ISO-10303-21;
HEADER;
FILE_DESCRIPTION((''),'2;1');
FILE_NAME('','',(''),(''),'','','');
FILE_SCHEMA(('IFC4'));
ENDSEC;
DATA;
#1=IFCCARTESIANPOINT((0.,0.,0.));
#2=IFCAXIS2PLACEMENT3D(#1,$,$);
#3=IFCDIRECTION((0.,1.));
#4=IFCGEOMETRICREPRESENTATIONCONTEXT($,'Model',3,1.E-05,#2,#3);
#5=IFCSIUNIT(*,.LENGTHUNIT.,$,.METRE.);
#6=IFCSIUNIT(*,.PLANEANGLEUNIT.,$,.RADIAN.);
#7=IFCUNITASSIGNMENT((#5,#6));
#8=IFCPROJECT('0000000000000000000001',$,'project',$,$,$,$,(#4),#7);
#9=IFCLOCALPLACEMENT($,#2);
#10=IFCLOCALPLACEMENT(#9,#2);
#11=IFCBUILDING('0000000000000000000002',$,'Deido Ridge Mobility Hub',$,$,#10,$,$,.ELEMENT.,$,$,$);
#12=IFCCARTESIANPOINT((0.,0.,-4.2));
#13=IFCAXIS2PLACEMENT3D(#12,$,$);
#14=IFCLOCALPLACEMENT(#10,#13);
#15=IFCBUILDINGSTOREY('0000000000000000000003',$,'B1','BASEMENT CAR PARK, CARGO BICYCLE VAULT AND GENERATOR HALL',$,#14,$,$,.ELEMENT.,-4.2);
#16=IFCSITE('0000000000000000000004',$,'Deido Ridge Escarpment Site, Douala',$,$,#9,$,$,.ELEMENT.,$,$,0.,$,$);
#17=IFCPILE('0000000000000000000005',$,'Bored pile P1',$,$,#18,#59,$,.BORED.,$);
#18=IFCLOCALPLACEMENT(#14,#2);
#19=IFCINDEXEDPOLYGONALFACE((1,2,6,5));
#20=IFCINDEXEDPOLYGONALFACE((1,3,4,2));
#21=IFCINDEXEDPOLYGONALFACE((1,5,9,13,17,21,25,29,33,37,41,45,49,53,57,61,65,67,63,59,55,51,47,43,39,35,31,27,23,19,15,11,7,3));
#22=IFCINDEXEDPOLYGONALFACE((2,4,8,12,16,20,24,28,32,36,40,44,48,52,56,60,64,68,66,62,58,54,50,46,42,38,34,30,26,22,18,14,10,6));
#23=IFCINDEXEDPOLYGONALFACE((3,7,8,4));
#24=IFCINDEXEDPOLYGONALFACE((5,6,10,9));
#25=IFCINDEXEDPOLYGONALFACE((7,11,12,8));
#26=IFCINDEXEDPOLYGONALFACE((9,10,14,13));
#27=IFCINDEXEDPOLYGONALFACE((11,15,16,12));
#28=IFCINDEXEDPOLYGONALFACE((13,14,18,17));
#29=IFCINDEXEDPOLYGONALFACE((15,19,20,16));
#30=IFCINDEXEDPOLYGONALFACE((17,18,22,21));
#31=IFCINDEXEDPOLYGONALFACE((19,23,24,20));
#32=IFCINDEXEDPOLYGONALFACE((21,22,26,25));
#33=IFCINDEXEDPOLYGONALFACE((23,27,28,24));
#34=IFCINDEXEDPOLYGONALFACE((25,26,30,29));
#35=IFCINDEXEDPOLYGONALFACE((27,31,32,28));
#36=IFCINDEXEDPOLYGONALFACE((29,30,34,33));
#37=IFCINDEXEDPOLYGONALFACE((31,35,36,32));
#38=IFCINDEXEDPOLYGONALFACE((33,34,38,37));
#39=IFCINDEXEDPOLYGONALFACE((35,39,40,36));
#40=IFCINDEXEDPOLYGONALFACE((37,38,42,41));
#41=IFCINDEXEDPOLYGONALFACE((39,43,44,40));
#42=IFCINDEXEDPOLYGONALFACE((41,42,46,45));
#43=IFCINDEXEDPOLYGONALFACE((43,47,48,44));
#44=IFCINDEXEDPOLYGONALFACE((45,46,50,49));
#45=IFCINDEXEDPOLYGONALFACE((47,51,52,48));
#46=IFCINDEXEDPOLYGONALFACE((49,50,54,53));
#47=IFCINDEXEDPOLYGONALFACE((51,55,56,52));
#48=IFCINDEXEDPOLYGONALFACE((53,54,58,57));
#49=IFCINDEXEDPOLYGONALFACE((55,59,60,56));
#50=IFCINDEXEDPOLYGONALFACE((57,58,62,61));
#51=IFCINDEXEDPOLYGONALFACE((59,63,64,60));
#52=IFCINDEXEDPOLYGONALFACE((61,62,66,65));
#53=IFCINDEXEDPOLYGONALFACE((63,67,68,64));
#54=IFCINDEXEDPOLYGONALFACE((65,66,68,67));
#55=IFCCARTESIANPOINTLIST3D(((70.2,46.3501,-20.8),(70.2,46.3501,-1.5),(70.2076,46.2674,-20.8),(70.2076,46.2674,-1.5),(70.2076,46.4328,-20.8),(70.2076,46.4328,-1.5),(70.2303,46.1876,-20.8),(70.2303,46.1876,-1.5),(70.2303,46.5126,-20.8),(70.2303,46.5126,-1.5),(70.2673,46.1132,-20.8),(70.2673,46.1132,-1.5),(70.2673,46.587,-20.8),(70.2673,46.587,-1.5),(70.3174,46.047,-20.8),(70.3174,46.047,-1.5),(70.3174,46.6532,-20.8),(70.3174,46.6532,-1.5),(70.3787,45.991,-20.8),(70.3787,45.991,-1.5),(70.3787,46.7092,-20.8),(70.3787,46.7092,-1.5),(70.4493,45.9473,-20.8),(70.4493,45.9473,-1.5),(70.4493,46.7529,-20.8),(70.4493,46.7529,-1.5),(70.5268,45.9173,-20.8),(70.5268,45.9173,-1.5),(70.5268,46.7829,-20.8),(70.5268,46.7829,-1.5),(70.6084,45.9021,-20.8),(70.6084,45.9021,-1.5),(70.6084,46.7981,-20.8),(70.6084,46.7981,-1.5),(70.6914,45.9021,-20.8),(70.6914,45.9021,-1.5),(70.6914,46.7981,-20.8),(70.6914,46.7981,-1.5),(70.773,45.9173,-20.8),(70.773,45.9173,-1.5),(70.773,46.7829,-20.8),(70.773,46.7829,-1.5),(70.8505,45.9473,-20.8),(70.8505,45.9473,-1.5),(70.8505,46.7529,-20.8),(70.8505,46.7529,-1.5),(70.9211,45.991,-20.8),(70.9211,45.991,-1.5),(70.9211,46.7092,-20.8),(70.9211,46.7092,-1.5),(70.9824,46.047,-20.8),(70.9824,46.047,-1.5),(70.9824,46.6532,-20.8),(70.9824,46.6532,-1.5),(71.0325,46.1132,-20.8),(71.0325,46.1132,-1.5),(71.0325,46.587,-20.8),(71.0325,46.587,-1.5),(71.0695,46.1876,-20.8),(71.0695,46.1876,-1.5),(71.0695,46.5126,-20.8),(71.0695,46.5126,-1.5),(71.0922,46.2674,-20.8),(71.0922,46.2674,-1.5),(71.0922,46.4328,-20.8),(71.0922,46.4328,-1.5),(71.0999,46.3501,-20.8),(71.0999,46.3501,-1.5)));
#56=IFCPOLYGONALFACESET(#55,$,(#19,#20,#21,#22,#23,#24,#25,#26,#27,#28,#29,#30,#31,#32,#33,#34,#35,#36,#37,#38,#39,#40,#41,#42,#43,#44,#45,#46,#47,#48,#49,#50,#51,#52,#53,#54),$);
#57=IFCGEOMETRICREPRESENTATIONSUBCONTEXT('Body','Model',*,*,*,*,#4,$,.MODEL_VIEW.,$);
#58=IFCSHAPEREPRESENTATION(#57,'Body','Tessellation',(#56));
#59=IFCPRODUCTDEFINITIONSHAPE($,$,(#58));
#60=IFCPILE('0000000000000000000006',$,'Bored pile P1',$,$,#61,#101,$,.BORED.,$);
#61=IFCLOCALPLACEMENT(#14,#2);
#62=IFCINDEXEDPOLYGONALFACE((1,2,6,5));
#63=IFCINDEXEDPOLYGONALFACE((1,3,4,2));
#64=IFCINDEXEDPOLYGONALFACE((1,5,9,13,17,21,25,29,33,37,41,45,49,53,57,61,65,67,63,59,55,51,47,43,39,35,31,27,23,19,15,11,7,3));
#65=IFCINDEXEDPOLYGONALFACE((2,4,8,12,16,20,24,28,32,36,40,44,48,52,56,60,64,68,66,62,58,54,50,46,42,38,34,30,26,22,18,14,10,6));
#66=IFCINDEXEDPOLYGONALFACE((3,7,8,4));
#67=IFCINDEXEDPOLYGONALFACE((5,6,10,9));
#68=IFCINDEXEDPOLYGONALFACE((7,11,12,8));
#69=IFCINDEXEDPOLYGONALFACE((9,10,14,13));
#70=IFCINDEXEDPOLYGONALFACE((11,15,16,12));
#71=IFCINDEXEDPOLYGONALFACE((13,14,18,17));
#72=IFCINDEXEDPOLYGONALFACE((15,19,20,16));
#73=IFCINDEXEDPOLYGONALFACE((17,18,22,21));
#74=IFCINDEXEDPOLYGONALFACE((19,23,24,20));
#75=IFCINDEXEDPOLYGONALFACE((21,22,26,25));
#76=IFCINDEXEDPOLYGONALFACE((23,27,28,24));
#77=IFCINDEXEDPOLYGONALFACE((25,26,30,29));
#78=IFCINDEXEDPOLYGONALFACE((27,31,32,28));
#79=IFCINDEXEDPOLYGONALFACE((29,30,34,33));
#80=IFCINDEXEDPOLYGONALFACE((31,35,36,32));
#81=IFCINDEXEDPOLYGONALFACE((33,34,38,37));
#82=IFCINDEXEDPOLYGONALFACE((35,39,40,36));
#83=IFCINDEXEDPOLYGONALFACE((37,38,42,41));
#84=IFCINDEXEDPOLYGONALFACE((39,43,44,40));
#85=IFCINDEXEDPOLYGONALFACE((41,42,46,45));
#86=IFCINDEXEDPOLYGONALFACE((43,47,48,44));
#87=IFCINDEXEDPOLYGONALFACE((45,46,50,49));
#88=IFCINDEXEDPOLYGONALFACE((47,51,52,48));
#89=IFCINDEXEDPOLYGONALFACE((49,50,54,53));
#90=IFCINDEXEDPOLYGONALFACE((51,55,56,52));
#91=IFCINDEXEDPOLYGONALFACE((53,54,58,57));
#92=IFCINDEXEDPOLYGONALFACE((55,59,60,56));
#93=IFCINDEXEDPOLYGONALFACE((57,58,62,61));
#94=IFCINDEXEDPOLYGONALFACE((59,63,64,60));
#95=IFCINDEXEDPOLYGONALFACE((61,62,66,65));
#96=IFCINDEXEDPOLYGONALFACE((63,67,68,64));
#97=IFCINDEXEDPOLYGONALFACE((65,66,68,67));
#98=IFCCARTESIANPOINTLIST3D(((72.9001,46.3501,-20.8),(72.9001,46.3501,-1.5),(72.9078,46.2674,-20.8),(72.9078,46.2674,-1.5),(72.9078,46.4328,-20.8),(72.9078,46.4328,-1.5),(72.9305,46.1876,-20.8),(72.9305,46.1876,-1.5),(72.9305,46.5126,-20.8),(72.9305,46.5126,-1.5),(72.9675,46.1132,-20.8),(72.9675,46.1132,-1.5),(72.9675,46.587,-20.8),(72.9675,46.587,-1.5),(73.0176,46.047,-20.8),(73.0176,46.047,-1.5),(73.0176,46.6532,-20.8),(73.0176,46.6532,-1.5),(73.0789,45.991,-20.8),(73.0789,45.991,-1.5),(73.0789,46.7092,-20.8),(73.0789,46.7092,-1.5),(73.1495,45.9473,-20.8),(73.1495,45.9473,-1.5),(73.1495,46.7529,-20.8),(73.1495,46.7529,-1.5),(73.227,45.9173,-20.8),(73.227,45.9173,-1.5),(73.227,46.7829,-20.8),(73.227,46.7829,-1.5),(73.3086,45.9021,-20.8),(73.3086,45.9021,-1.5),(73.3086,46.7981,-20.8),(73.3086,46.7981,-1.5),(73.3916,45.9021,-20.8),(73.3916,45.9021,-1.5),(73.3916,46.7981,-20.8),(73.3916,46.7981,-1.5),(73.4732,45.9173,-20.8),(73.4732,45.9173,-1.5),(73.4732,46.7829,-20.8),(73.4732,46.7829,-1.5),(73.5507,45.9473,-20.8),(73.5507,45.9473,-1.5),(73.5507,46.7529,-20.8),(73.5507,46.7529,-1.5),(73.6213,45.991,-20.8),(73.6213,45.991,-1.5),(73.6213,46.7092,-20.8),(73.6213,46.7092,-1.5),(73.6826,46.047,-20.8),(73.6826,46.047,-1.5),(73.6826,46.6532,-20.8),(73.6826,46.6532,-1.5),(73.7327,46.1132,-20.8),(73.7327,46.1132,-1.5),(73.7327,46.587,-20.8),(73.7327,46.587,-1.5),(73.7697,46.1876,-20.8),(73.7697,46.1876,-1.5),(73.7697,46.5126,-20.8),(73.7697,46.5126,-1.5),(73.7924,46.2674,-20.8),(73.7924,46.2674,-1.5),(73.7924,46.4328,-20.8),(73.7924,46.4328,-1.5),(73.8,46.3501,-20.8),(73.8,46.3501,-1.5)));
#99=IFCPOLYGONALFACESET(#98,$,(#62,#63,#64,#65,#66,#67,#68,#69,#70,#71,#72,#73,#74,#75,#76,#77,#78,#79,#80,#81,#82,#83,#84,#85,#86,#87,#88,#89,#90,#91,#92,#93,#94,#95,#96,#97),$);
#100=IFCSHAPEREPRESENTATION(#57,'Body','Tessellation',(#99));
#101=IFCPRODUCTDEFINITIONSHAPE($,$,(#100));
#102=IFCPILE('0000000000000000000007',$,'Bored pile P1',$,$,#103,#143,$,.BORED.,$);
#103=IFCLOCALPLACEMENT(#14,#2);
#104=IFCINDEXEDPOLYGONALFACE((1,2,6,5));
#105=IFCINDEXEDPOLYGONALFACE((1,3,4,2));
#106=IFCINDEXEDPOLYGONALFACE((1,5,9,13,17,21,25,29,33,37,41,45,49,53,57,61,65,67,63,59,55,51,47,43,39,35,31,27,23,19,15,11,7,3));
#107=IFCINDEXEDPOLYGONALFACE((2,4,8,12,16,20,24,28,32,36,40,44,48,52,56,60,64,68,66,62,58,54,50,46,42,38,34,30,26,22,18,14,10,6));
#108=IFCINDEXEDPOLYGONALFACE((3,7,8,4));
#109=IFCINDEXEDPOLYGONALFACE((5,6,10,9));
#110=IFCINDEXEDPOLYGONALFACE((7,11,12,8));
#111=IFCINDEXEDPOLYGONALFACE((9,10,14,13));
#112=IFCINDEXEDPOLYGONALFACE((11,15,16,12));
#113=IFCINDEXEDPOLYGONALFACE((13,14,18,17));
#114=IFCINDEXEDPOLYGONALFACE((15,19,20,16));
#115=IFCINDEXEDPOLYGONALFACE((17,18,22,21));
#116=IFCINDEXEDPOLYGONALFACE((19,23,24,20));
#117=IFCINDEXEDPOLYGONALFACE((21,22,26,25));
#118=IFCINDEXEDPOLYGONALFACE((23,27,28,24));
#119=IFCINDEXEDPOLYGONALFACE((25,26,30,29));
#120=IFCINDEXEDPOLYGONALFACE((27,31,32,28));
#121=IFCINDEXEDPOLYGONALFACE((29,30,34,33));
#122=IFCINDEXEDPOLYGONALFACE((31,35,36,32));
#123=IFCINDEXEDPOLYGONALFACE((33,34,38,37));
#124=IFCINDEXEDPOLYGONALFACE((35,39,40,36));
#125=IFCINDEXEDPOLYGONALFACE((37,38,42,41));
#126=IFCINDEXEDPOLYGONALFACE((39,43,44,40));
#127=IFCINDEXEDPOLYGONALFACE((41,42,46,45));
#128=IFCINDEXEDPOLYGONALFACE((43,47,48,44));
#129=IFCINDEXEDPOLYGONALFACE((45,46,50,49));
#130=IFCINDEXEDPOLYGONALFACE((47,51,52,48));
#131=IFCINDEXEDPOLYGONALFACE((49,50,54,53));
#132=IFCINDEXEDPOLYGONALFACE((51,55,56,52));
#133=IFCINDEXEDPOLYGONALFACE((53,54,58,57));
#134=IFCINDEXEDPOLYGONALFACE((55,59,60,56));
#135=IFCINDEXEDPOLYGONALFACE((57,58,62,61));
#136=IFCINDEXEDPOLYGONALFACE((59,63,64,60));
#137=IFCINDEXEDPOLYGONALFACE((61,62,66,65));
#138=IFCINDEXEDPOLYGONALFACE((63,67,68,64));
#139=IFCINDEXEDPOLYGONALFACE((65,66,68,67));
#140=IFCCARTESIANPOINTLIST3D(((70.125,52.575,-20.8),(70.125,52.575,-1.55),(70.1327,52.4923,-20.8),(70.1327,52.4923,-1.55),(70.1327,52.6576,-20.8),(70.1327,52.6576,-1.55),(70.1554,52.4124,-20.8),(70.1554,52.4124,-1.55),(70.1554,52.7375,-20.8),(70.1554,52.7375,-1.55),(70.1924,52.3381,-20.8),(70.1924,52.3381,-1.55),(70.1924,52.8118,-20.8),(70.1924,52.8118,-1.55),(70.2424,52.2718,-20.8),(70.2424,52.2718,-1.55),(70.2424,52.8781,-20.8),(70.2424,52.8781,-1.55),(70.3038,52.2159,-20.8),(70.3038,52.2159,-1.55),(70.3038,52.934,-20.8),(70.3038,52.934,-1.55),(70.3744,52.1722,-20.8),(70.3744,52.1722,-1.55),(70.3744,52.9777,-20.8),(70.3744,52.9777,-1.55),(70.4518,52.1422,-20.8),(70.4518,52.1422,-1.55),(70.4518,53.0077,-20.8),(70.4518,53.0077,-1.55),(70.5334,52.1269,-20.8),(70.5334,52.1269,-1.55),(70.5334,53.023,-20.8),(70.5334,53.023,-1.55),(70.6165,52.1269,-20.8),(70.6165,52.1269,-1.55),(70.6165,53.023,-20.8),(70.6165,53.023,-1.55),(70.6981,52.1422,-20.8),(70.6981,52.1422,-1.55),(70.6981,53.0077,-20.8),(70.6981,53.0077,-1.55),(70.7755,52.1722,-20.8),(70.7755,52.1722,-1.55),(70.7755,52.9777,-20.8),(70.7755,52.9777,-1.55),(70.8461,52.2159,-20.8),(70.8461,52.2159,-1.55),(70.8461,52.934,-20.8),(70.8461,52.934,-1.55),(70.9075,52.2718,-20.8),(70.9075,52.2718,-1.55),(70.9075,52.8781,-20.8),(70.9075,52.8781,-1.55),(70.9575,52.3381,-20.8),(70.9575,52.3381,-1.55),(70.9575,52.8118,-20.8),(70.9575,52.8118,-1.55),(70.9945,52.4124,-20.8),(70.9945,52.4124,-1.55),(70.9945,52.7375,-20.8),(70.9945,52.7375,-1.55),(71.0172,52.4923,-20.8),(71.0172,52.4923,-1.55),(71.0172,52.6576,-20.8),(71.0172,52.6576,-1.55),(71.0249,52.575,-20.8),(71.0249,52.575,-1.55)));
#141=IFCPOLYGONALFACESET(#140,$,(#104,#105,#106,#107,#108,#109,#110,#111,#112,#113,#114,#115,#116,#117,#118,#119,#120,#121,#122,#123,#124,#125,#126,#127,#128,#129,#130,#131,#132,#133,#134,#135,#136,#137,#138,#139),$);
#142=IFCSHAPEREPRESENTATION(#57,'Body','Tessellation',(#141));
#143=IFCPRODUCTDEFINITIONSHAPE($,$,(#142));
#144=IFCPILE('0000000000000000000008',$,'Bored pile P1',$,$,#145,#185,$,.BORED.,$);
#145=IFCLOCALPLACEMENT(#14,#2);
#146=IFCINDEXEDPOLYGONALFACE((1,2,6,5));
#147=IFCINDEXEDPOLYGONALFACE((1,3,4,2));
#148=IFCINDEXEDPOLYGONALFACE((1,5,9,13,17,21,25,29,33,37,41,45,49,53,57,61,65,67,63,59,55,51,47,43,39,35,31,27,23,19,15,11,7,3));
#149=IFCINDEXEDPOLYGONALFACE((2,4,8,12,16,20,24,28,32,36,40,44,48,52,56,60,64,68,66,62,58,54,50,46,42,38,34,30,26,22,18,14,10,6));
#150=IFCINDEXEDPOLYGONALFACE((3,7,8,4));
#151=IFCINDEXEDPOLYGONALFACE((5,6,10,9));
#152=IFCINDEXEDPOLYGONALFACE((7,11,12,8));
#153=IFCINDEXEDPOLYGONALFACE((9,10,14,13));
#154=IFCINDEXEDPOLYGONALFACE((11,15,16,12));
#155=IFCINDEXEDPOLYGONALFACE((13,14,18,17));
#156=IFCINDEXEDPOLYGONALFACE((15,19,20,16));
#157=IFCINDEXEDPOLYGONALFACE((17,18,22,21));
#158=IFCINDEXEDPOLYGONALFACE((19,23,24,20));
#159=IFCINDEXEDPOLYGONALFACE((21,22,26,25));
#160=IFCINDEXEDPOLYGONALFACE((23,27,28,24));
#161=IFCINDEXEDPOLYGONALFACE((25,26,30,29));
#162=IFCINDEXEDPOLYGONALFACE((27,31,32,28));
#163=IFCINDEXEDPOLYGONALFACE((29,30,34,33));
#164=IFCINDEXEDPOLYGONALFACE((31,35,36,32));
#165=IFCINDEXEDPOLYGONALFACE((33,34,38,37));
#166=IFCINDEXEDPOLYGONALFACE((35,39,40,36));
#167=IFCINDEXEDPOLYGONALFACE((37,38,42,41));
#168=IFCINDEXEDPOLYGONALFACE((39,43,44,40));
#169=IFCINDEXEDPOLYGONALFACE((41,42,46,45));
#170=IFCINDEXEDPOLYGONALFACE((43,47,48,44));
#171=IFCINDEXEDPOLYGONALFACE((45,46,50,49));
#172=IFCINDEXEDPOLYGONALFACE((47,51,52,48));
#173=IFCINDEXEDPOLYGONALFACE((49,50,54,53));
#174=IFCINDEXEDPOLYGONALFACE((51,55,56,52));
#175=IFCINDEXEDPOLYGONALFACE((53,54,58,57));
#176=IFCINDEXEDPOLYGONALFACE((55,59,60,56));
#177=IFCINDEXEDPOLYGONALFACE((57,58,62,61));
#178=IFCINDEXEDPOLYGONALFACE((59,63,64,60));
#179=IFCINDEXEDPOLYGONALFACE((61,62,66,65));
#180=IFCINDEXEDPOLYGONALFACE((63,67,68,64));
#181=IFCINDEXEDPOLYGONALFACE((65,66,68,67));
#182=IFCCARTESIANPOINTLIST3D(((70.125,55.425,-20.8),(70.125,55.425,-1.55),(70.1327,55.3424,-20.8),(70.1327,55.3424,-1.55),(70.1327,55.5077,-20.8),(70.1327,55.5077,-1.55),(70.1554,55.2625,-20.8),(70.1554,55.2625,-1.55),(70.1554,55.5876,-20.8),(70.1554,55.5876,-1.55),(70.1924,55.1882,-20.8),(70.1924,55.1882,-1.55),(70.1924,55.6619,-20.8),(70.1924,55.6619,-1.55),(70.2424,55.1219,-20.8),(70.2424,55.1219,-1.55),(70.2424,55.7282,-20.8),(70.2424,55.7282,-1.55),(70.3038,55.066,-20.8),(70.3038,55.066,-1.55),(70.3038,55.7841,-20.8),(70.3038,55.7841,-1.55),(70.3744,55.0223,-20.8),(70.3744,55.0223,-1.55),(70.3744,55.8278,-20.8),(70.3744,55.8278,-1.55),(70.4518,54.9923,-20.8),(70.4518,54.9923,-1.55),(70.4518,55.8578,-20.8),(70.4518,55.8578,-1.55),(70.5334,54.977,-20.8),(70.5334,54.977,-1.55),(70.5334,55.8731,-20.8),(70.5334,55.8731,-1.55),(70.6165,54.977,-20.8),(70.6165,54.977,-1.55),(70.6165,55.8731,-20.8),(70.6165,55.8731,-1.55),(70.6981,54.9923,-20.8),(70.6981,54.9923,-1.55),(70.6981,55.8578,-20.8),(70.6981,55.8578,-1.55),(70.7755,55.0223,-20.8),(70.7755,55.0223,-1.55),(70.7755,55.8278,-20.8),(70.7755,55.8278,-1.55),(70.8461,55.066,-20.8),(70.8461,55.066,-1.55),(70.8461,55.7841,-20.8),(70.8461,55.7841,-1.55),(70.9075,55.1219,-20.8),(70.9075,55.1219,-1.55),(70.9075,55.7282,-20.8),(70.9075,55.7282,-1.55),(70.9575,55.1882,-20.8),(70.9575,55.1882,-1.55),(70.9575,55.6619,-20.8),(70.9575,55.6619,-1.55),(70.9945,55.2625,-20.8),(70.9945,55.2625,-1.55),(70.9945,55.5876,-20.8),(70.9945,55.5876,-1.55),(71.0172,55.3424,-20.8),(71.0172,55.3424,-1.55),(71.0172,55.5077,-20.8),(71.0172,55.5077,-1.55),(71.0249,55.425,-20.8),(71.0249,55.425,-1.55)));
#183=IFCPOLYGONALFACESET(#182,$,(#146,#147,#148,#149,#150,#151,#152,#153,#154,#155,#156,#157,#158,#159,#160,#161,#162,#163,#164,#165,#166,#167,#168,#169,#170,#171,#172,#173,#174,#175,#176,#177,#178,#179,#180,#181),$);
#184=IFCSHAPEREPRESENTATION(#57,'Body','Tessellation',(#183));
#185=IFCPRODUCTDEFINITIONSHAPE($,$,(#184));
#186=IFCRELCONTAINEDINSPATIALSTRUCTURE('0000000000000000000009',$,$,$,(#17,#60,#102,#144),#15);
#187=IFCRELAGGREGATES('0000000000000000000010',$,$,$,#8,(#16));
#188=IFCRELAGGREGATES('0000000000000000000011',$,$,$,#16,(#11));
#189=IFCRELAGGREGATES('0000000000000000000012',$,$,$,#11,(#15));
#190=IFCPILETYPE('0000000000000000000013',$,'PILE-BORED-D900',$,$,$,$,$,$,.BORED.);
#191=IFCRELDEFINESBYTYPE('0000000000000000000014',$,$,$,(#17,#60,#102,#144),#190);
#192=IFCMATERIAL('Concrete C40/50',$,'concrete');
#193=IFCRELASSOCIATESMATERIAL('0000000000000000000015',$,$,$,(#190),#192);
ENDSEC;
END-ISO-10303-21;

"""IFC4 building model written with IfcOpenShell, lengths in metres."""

from ifc_helpers import new_model, si_unit, direction, frame, origin, origin_2d, place, context, subcontext, project, spatial, circle, extrude, material, material_profile, profile_set, type_object, element, save


model = new_model("IFC4")

# Units and contexts
model_context = context("Model", 3, precision=1e-05, world=origin(), true_north=direction((0.0, 1.0)))
body_context = subcontext(model_context, "Body", "Model", "MODEL_VIEW")
ifc_project = project(units=[si_unit("LENGTHUNIT", "METRE"), si_unit("PLANEANGLEUNIT", "RADIAN")], contexts=[model_context])

# Site, building, storey
site_placement = place(None, origin())
site = spatial("IfcSite", under=ifc_project, at=site_placement, Name="Deido Ridge Escarpment Site, Douala", CompositionType="ELEMENT", RefElevation=0.0)
building_placement = place(site_placement, origin())
building = spatial("IfcBuilding", under=site, at=building_placement, Name="Deido Ridge Mobility Hub", CompositionType="ELEMENT")
storey_placement = place(building_placement, frame((0.0, 0.0, -4.2)))
storey = spatial("IfcBuildingStorey", under=building, at=storey_placement, Name="B1", Description="BASEMENT CAR PARK, CARGO BICYCLE VAULT AND GENERATOR HALL", CompositionType="ELEMENT", Elevation=-4.2)

# Shared definitions
ifc_material_1 = material(Name="Concrete C40/50", Category="concrete")

# Piles
ifc_material_profile_1 = material_profile(ifc_material_1, circle(Radius=0.45, at=origin_2d()), Name="BORED PILE D900")
ifc_profile_set_1 = profile_set([ifc_material_profile_1], Name="Concrete C40/50")
pile_type = type_object("IfcPileType", Name="PILE-BORED-D900", PredefinedType="BORED", material=ifc_profile_set_1)
for number, where, z_axis, x_axis, name in (
    (1, (70.6499, 46.3501, -1.5), (0.0, 0.0, -1.0), (1.0, 0.0, 0.0), "Bored pile P1"),
    (2, (73.3501, 46.3501, -1.5), (0.0, 0.0, -1.0), (1.0, 0.0, 0.0), "Bored pile P1"),
):
    element("IfcPile", number, at=place(storey_placement, frame(where, z_axis=z_axis, x_axis=x_axis)), inside=storey, type_object=pile_type, Name=name, PredefinedType="BORED", context=body_context, shape_type="SweptSolid", body=[
        extrude(circle(Radius=0.45, at=origin_2d()), origin(), (0.0, 0.0, 1.0), 19.3),
    ])
for number, where, z_axis, x_axis, name in (
    (3, (70.575, 52.575, -1.55), (0.0, 0.0, -1.0), (1.0, 0.0, 0.0), "Bored pile P1"),
    (4, (70.575, 55.425, -1.55), (0.0, 0.0, -1.0), (1.0, 0.0, 0.0), "Bored pile P1"),
):
    element("IfcPile", number, at=place(storey_placement, frame(where, z_axis=z_axis, x_axis=x_axis)), inside=storey, type_object=pile_type, Name=name, PredefinedType="BORED", context=body_context, shape_type="SweptSolid", body=[
        extrude(circle(Radius=0.45, at=origin_2d()), origin(), (0.0, 0.0, 1.0), 19.25),
    ])

save(model, "model.ifc")
